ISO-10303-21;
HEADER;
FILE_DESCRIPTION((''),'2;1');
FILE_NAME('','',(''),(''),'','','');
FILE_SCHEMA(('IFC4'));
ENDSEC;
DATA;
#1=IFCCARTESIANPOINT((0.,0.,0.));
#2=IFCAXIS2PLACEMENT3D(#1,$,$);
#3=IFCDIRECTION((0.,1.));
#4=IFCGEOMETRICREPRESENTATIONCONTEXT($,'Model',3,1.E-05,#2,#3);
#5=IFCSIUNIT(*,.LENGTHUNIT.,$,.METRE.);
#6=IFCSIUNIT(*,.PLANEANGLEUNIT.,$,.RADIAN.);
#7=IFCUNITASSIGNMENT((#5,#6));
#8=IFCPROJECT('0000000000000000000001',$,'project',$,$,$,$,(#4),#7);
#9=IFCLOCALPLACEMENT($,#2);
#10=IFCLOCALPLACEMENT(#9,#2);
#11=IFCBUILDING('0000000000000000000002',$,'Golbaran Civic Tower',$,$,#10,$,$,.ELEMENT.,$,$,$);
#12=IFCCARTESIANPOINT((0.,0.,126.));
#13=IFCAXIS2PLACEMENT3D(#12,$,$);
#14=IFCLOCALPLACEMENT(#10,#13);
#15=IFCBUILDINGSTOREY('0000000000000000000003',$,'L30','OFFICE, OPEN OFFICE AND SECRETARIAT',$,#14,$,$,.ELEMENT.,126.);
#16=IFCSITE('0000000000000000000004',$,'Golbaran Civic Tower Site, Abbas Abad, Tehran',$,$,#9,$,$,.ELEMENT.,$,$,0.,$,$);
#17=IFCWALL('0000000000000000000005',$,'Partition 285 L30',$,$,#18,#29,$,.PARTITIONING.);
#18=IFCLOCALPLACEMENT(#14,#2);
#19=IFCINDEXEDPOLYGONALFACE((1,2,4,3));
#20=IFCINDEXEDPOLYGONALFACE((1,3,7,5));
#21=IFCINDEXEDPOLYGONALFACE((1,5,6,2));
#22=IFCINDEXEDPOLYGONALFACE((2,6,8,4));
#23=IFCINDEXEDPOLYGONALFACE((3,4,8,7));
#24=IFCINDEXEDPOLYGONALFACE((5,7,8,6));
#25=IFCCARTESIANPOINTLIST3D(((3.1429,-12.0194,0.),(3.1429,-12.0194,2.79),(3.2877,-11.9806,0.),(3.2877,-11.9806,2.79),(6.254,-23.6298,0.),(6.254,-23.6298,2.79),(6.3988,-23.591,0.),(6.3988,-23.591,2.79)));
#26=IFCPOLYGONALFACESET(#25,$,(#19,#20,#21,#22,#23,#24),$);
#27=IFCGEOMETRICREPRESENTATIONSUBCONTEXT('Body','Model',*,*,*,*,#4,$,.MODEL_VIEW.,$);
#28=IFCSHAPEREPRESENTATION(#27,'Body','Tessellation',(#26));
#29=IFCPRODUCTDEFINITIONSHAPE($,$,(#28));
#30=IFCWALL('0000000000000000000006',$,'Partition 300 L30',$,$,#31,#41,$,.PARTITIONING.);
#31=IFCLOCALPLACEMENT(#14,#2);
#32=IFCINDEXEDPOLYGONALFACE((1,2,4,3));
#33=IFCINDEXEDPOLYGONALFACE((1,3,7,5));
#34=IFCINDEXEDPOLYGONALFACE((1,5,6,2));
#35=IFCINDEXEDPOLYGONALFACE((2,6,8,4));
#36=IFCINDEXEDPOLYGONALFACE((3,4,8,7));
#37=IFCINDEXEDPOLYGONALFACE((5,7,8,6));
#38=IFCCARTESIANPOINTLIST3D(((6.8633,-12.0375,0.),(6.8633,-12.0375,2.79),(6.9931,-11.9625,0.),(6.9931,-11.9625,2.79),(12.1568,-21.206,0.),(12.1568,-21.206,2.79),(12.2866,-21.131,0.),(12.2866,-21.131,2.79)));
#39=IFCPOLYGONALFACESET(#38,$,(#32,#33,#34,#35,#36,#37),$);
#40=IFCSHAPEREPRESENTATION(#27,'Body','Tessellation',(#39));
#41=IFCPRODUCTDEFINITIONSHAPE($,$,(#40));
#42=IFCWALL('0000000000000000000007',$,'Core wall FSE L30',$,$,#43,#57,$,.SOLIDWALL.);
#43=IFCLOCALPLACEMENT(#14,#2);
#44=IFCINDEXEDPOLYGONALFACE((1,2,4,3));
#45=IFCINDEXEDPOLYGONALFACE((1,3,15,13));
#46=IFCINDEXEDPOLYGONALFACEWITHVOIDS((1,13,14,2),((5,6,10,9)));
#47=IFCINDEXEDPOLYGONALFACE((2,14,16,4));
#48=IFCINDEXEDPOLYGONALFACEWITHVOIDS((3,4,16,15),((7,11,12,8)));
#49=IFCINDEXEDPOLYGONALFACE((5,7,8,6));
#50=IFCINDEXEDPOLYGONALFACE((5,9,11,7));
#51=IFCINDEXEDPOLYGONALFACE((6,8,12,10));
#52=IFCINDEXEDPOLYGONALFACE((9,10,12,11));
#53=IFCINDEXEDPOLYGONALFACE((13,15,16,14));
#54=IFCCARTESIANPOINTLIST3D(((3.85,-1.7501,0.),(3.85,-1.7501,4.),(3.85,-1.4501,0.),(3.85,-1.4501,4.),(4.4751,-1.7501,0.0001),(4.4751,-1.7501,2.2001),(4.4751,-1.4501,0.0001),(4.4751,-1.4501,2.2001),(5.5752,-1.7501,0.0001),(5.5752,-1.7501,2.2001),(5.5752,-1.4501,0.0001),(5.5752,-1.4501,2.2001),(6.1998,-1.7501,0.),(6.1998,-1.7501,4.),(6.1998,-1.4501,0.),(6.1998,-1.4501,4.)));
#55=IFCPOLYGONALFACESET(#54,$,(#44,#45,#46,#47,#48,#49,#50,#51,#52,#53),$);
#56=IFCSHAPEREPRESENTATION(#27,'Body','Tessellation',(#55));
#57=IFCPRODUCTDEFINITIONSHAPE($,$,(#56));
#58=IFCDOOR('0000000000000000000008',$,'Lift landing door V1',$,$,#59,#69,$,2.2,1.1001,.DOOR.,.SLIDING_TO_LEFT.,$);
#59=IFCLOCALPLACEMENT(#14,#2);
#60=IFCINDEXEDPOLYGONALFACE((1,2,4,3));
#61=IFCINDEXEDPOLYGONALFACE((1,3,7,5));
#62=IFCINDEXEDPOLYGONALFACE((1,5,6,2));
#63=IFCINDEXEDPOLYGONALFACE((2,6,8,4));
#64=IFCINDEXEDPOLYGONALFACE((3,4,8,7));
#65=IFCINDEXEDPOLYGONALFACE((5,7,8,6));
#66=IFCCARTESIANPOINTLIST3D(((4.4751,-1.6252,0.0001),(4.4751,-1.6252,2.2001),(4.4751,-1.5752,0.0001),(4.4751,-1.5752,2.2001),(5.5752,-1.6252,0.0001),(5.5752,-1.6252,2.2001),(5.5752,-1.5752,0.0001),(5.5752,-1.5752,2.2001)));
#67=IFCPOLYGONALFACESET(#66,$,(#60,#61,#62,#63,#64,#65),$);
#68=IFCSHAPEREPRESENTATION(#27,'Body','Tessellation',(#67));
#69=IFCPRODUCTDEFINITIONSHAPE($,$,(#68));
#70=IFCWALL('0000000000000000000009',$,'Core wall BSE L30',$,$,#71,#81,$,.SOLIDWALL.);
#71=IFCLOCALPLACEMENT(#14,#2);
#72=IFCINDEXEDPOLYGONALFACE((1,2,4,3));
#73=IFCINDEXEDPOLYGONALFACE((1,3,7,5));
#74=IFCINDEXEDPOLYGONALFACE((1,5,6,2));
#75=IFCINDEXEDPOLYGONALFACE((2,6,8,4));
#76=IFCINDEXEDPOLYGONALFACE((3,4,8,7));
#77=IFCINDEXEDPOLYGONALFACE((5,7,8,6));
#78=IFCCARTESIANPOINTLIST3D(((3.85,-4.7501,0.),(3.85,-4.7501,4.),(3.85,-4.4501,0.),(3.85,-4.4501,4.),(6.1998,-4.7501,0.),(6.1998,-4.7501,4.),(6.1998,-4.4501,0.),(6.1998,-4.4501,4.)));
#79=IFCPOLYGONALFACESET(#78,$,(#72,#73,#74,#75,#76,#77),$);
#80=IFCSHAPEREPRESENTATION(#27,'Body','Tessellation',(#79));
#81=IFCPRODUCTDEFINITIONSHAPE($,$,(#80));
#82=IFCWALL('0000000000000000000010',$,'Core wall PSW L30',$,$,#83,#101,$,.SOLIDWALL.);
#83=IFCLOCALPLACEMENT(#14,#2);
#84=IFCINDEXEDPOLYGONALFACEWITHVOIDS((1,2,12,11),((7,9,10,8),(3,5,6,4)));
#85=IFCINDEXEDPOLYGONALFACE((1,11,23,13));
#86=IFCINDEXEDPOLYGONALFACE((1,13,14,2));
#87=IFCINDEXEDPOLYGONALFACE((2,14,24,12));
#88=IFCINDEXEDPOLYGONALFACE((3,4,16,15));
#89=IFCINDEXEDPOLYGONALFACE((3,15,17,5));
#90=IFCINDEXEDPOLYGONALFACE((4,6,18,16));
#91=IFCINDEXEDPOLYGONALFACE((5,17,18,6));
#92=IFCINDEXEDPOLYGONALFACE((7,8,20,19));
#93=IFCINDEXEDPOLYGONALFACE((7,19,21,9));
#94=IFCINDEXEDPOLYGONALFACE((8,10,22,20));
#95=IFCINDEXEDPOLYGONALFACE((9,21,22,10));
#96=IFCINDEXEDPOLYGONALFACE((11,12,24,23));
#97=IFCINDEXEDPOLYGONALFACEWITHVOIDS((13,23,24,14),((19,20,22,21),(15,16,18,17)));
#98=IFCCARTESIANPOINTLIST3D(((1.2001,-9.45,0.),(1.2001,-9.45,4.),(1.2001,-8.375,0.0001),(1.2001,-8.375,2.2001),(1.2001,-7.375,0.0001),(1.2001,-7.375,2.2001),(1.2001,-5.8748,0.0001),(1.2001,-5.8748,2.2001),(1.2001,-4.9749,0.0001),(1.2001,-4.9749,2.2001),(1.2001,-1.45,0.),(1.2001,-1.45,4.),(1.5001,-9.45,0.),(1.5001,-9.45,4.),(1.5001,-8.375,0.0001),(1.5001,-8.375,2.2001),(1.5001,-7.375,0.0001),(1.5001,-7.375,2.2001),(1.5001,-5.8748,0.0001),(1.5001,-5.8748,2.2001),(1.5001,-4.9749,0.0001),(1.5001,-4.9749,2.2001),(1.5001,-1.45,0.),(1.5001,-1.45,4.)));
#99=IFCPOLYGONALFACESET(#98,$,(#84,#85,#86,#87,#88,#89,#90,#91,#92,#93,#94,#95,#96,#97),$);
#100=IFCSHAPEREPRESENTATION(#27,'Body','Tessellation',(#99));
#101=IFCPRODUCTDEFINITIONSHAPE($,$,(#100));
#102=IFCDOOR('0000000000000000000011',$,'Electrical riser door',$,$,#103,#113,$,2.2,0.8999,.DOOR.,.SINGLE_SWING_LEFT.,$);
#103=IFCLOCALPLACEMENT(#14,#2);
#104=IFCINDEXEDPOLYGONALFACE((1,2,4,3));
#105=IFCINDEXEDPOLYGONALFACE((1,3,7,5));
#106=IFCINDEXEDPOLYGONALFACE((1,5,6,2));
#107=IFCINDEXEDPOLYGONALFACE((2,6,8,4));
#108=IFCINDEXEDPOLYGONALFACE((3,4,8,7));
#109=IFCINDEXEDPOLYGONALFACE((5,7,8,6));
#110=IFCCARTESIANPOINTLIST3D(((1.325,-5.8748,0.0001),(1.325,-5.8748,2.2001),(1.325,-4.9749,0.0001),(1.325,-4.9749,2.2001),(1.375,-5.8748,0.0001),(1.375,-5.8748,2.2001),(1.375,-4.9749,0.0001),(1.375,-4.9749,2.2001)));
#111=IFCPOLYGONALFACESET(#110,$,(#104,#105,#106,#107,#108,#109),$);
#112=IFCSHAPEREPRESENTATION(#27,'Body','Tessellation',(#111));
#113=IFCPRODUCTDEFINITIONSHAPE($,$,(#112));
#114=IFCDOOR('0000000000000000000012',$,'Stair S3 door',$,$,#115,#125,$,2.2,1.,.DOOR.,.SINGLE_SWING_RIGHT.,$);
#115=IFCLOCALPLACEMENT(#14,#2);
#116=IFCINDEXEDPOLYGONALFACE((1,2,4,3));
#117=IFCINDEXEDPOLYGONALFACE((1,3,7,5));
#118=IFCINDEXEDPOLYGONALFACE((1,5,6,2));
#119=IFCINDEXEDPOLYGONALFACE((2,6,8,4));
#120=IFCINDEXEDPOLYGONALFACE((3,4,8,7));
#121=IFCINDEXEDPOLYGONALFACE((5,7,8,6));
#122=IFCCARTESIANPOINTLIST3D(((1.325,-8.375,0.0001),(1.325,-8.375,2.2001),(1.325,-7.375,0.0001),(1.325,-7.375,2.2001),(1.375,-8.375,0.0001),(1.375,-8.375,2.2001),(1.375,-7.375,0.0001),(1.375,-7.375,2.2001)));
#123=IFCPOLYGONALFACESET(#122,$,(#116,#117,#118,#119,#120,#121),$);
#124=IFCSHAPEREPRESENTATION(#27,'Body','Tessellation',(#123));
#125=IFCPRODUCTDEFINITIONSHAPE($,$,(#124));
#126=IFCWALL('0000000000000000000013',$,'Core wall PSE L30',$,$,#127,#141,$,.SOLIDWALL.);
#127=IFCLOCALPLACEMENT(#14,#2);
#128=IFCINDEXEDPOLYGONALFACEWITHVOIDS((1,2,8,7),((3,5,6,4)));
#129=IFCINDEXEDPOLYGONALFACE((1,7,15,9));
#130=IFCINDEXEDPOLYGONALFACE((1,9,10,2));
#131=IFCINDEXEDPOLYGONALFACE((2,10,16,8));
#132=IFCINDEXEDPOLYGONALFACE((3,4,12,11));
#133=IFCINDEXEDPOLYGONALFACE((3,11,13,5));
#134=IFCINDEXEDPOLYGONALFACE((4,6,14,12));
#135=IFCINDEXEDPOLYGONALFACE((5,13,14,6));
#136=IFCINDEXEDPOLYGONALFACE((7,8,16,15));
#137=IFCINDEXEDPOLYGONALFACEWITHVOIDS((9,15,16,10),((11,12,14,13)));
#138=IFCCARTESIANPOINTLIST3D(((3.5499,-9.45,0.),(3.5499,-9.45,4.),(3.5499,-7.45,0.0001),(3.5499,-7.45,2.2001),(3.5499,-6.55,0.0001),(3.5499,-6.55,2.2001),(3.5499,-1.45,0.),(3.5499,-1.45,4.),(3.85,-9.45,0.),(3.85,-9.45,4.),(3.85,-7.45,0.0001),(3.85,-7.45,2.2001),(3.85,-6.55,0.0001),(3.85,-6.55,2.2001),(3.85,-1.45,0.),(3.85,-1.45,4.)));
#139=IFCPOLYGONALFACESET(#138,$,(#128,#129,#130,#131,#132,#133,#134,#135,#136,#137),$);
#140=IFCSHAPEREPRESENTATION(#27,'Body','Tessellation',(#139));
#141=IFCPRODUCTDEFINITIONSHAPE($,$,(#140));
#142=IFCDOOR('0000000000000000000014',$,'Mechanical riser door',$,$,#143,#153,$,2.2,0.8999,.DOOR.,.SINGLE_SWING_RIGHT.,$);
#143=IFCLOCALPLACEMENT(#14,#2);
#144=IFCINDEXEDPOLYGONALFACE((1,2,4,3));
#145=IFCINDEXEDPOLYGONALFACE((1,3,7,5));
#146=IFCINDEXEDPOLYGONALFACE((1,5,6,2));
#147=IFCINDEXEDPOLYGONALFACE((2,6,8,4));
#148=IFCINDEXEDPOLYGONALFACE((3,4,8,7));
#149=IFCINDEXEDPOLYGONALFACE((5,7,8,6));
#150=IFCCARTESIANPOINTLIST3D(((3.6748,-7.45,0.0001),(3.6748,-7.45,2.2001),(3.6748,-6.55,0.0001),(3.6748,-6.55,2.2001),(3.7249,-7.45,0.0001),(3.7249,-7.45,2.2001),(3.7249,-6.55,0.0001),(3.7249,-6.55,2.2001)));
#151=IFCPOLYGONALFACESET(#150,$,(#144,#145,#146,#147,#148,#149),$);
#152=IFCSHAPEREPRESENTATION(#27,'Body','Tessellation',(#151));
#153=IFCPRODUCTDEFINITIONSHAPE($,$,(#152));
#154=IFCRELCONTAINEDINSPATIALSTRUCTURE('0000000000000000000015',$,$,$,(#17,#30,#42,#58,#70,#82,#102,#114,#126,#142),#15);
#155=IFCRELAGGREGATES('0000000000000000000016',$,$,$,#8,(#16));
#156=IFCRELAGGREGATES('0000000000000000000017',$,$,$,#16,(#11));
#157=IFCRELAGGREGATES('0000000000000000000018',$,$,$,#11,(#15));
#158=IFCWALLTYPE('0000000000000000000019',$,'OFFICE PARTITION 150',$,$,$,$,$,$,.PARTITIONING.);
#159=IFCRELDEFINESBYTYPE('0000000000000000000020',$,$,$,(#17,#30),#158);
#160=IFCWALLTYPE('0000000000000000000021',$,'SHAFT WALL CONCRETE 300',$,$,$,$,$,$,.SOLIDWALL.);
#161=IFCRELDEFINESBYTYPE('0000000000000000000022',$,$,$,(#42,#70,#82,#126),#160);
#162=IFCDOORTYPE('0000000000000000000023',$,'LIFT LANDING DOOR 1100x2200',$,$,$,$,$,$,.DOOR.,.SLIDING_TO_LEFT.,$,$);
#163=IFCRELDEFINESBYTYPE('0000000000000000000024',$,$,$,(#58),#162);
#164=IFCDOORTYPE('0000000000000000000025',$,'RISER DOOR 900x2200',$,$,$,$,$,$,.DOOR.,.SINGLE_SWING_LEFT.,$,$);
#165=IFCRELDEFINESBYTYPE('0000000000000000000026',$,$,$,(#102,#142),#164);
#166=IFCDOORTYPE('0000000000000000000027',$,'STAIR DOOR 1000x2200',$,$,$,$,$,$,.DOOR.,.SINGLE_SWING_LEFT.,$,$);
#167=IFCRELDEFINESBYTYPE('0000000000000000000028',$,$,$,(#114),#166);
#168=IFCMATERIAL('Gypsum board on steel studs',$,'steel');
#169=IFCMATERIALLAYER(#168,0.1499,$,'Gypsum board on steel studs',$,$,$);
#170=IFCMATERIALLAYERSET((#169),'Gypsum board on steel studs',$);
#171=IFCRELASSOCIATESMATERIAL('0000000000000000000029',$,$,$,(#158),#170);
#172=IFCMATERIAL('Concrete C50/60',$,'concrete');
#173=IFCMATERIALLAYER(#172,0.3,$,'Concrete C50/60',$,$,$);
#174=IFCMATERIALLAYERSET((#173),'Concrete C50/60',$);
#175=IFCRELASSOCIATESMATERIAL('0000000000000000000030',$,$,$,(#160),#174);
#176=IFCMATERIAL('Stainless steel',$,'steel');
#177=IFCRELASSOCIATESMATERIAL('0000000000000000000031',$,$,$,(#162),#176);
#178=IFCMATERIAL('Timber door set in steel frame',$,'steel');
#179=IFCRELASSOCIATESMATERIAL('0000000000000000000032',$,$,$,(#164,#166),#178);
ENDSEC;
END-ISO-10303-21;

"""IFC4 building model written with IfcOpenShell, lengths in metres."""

from ifc_helpers import new_model, si_unit, direction, frame, frame_2d, origin, place, context, subcontext, project, spatial, rectangle, extrude, material, layer, layer_set, type_object, element, fill, save


model = new_model("IFC4")

# Units and contexts
model_context = context("Model", 3, precision=1e-05, world=origin(), true_north=direction((0.0, 1.0)))
body_context = subcontext(model_context, "Body", "Model", "MODEL_VIEW")
ifc_project = project(units=[si_unit("LENGTHUNIT", "METRE"), si_unit("PLANEANGLEUNIT", "RADIAN")], contexts=[model_context])

# Site, building, storey
site_placement = place(None, origin())
site = spatial("IfcSite", under=ifc_project, at=site_placement, Name="Golbaran Civic Tower Site, Abbas Abad, Tehran", CompositionType="ELEMENT", RefElevation=0.0)
building_placement = place(site_placement, origin())
building = spatial("IfcBuilding", under=site, at=building_placement, Name="Golbaran Civic Tower", CompositionType="ELEMENT")
storey_placement = place(building_placement, frame((0.0, 0.0, 126.0)))
storey = spatial("IfcBuildingStorey", under=building, at=storey_placement, Name="L30", Description="OFFICE, OPEN OFFICE AND SECRETARIAT", CompositionType="ELEMENT", Elevation=126.0)

# Shared definitions
ifc_material_1 = material(Name="Timber door set in steel frame", Category="steel")

# Walls
ifc_material_2 = material(Name="Gypsum board on steel studs", Category="steel")
ifc_layer_1 = layer(ifc_material_2, 0.1499, Name="Gypsum board on steel studs")
ifc_layer_set_1 = layer_set([ifc_layer_1], Name="Gypsum board on steel studs")
wall_type_1 = type_object("IfcWallType", Name="OFFICE PARTITION 150", PredefinedType="PARTITIONING", material=ifc_layer_set_1)
wall_1_placement = place(storey_placement, frame((3.2153, -12.0, 0.0), z_axis=(0.0, 0.0, 1.0), x_axis=(0.258827, -0.965924, 0.0)))
element("IfcWall", 1, at=wall_1_placement, inside=storey, type_object=wall_type_1, Name="Partition 285 L30", PredefinedType="PARTITIONING", context=body_context, shape_type="SweptSolid", body=[
    extrude(rectangle(XDim=12.02, YDim=0.1499, at=frame_2d((6.01, 0.0))), origin(), (0.0, 0.0, 1.0), 2.79),
])
wall_2_placement = place(storey_placement, frame((6.9282, -12.0, 0.0), z_axis=(0.0, 0.0, 1.0), x_axis=(0.500003, -0.866024, 0.0)))
element("IfcWall", 2, at=wall_2_placement, inside=storey, type_object=wall_type_1, Name="Partition 300 L30", PredefinedType="PARTITIONING", context=body_context, shape_type="SweptSolid", body=[
    extrude(rectangle(XDim=10.5869, YDim=0.1499, at=frame_2d((5.2935, 0.0))), origin(), (0.0, 0.0, 1.0), 2.79),
])

# Wall, opening, door
ifc_material_3 = material(Name="Concrete C50/60", Category="concrete")
ifc_layer_2 = layer(ifc_material_3, 0.3, Name="Concrete C50/60")
ifc_layer_set_2 = layer_set([ifc_layer_2], Name="Concrete C50/60")
wall_type_2 = type_object("IfcWallType", Name="SHAFT WALL CONCRETE 300", PredefinedType="SOLIDWALL", material=ifc_layer_set_2)
wall_3_placement = place(storey_placement, frame((3.8501, -1.6001, 0.0), z_axis=(0.0, 0.0, 1.0), x_axis=(1.0, 0.0, 0.0)))
wall_3 = element("IfcWall", 3, at=wall_3_placement, inside=storey, type_object=wall_type_2, Name="Core wall FSE L30", PredefinedType="SOLIDWALL", context=body_context, shape_type="SweptSolid", body=[
    extrude(rectangle(XDim=2.3499, YDim=0.3, at=frame_2d((1.1748, 0.0))), origin(), (0.0, 0.0, 1.0), 4.0),
])
opening_1_placement = place(wall_3_placement, frame((0.625, 0.0, 0.0)))
opening_1 = element("IfcOpeningElement", 4, at=opening_1_placement, cuts=wall_3, PredefinedType="OPENING", context=body_context, shape_type="SweptSolid", body=[
    extrude(rectangle(XDim=1.1001, YDim=2.2, at=frame_2d((0.55, 1.1001))), frame((0.0, 0.1599, 0.0), z_axis=(0.0, -1.0, 0.0), x_axis=(1.0, 0.0, 0.0)), (0.0, 0.0, 1.0), 0.3201),
])
ifc_material_4 = material(Name="Stainless steel", Category="steel")
door_type_1 = type_object("IfcDoorType", Name="LIFT LANDING DOOR 1100x2200", OperationType="SLIDING_TO_LEFT", PredefinedType="DOOR", material=ifc_material_4)
door_1_placement = place(opening_1_placement, origin())
door_1 = element("IfcDoor", 5, at=door_1_placement, inside=storey, type_object=door_type_1, Name="Lift landing door V1", OperationType="SLIDING_TO_LEFT", OverallHeight=2.2, OverallWidth=1.1001, PredefinedType="DOOR", context=body_context, shape_type="SweptSolid", body=[
    extrude(rectangle(XDim=1.1001, YDim=2.2, at=frame_2d((0.55, 1.1001))), frame((0.0, 0.0249, 0.0), z_axis=(0.0, -1.0, 0.0), x_axis=(1.0, 0.0, 0.0)), (0.0, 0.0, 1.0), 0.05),
])
fill(opening_1, door_1)

# Wall
wall_4_placement = place(storey_placement, frame((3.8501, -4.6001, 0.0), z_axis=(0.0, 0.0, 1.0), x_axis=(1.0, 0.0, 0.0)))
element("IfcWall", 6, at=wall_4_placement, inside=storey, type_object=wall_type_2, Name="Core wall BSE L30", PredefinedType="SOLIDWALL", context=body_context, shape_type="SweptSolid", body=[
    extrude(rectangle(XDim=2.3499, YDim=0.3, at=frame_2d((1.1748, 0.0))), origin(), (0.0, 0.0, 1.0), 4.0),
])

# Wall, openings, doors
wall_5_placement = place(storey_placement, frame((1.3501, -1.45, 0.0), z_axis=(0.0, 0.0, 1.0), x_axis=(0.0, -1.0, 0.0)))
wall_5 = element("IfcWall", 7, at=wall_5_placement, inside=storey, type_object=wall_type_2, Name="Core wall PSW L30", PredefinedType="SOLIDWALL", context=body_context, shape_type="SweptSolid", body=[
    extrude(rectangle(XDim=8.0, YDim=0.3, at=frame_2d((4.0, 0.0))), origin(), (0.0, 0.0, 1.0), 4.0),
])
opening_2_placement = place(wall_5_placement, frame((5.925, 0.0, 0.0)))
opening_2 = element("IfcOpeningElement", 8, at=opening_2_placement, cuts=wall_5, PredefinedType="OPENING", context=body_context, shape_type="SweptSolid", body=[
    extrude(rectangle(XDim=1.0, YDim=2.2, at=frame_2d((0.5, 1.1001))), frame((0.0, 0.1599, 0.0), z_axis=(0.0, -1.0, 0.0), x_axis=(1.0, 0.0, 0.0)), (0.0, 0.0, 1.0), 0.3201),
])
opening_3_placement = place(wall_5_placement, frame((3.5249, 0.0, 0.0)))
opening_3 = element("IfcOpeningElement", 9, at=opening_3_placement, cuts=wall_5, PredefinedType="OPENING", context=body_context, shape_type="SweptSolid", body=[
    extrude(rectangle(XDim=0.8999, YDim=2.2, at=frame_2d((0.45, 1.1001))), frame((0.0, 0.1599, 0.0), z_axis=(0.0, -1.0, 0.0), x_axis=(1.0, 0.0, 0.0)), (0.0, 0.0, 1.0), 0.3201),
])
door_type_2 = type_object("IfcDoorType", Name="RISER DOOR 900x2200", OperationType="SINGLE_SWING_LEFT", PredefinedType="DOOR", material=ifc_material_1)
door_2_placement = place(opening_3_placement, origin())
door_2 = element("IfcDoor", 10, at=door_2_placement, inside=storey, type_object=door_type_2, Name="Electrical riser door", OperationType="SINGLE_SWING_LEFT", OverallHeight=2.2, OverallWidth=0.8999, PredefinedType="DOOR", context=body_context, shape_type="SweptSolid", body=[
    extrude(rectangle(XDim=0.8999, YDim=2.2, at=frame_2d((0.45, 1.1001))), frame((0.0, 0.0249, 0.0), z_axis=(0.0, -1.0, 0.0), x_axis=(1.0, 0.0, 0.0)), (0.0, 0.0, 1.0), 0.05),
])
fill(opening_3, door_2)
door_type_3 = type_object("IfcDoorType", Name="STAIR DOOR 1000x2200", OperationType="SINGLE_SWING_LEFT", PredefinedType="DOOR", material=ifc_material_1)
door_3_placement = place(opening_2_placement, origin())
door_3 = element("IfcDoor", 11, at=door_3_placement, inside=storey, type_object=door_type_3, Name="Stair S3 door", OperationType="SINGLE_SWING_RIGHT", OverallHeight=2.2, OverallWidth=1.0, PredefinedType="DOOR", context=body_context, shape_type="SweptSolid", body=[
    extrude(rectangle(XDim=1.0, YDim=2.2, at=frame_2d((0.5, 1.1001))), frame((0.0, 0.0249, 0.0), z_axis=(0.0, -1.0, 0.0), x_axis=(1.0, 0.0, 0.0)), (0.0, 0.0, 1.0), 0.05),
])
fill(opening_2, door_3)

# Wall, opening, door
wall_6_placement = place(storey_placement, frame((3.7, -1.45, 0.0), z_axis=(0.0, 0.0, 1.0), x_axis=(0.0, -1.0, 0.0)))
wall_6 = element("IfcWall", 12, at=wall_6_placement, inside=storey, type_object=wall_type_2, Name="Core wall PSE L30", PredefinedType="SOLIDWALL", context=body_context, shape_type="SweptSolid", body=[
    extrude(rectangle(XDim=8.0, YDim=0.3, at=frame_2d((4.0, 0.0))), origin(), (0.0, 0.0, 1.0), 4.0),
])
opening_4_placement = place(wall_6_placement, frame((5.1001, 0.0, 0.0)))
opening_4 = element("IfcOpeningElement", 13, at=opening_4_placement, cuts=wall_6, PredefinedType="OPENING", context=body_context, shape_type="SweptSolid", body=[
    extrude(rectangle(XDim=0.8999, YDim=2.2, at=frame_2d((0.45, 1.1001))), frame((0.0, 0.1599, 0.0), z_axis=(0.0, -1.0, 0.0), x_axis=(1.0, 0.0, 0.0)), (0.0, 0.0, 1.0), 0.3201),
])
door_4_placement = place(opening_4_placement, origin())
door_4 = element("IfcDoor", 14, at=door_4_placement, inside=storey, type_object=door_type_2, Name="Mechanical riser door", OperationType="SINGLE_SWING_RIGHT", OverallHeight=2.2, OverallWidth=0.8999, PredefinedType="DOOR", context=body_context, shape_type="SweptSolid", body=[
    extrude(rectangle(XDim=0.8999, YDim=2.2, at=frame_2d((0.45, 1.1001))), frame((0.0, 0.0249, 0.0), z_axis=(0.0, -1.0, 0.0), x_axis=(1.0, 0.0, 0.0)), (0.0, 0.0, 1.0), 0.05),
])
fill(opening_4, door_4)

save(model, "model.ifc")
